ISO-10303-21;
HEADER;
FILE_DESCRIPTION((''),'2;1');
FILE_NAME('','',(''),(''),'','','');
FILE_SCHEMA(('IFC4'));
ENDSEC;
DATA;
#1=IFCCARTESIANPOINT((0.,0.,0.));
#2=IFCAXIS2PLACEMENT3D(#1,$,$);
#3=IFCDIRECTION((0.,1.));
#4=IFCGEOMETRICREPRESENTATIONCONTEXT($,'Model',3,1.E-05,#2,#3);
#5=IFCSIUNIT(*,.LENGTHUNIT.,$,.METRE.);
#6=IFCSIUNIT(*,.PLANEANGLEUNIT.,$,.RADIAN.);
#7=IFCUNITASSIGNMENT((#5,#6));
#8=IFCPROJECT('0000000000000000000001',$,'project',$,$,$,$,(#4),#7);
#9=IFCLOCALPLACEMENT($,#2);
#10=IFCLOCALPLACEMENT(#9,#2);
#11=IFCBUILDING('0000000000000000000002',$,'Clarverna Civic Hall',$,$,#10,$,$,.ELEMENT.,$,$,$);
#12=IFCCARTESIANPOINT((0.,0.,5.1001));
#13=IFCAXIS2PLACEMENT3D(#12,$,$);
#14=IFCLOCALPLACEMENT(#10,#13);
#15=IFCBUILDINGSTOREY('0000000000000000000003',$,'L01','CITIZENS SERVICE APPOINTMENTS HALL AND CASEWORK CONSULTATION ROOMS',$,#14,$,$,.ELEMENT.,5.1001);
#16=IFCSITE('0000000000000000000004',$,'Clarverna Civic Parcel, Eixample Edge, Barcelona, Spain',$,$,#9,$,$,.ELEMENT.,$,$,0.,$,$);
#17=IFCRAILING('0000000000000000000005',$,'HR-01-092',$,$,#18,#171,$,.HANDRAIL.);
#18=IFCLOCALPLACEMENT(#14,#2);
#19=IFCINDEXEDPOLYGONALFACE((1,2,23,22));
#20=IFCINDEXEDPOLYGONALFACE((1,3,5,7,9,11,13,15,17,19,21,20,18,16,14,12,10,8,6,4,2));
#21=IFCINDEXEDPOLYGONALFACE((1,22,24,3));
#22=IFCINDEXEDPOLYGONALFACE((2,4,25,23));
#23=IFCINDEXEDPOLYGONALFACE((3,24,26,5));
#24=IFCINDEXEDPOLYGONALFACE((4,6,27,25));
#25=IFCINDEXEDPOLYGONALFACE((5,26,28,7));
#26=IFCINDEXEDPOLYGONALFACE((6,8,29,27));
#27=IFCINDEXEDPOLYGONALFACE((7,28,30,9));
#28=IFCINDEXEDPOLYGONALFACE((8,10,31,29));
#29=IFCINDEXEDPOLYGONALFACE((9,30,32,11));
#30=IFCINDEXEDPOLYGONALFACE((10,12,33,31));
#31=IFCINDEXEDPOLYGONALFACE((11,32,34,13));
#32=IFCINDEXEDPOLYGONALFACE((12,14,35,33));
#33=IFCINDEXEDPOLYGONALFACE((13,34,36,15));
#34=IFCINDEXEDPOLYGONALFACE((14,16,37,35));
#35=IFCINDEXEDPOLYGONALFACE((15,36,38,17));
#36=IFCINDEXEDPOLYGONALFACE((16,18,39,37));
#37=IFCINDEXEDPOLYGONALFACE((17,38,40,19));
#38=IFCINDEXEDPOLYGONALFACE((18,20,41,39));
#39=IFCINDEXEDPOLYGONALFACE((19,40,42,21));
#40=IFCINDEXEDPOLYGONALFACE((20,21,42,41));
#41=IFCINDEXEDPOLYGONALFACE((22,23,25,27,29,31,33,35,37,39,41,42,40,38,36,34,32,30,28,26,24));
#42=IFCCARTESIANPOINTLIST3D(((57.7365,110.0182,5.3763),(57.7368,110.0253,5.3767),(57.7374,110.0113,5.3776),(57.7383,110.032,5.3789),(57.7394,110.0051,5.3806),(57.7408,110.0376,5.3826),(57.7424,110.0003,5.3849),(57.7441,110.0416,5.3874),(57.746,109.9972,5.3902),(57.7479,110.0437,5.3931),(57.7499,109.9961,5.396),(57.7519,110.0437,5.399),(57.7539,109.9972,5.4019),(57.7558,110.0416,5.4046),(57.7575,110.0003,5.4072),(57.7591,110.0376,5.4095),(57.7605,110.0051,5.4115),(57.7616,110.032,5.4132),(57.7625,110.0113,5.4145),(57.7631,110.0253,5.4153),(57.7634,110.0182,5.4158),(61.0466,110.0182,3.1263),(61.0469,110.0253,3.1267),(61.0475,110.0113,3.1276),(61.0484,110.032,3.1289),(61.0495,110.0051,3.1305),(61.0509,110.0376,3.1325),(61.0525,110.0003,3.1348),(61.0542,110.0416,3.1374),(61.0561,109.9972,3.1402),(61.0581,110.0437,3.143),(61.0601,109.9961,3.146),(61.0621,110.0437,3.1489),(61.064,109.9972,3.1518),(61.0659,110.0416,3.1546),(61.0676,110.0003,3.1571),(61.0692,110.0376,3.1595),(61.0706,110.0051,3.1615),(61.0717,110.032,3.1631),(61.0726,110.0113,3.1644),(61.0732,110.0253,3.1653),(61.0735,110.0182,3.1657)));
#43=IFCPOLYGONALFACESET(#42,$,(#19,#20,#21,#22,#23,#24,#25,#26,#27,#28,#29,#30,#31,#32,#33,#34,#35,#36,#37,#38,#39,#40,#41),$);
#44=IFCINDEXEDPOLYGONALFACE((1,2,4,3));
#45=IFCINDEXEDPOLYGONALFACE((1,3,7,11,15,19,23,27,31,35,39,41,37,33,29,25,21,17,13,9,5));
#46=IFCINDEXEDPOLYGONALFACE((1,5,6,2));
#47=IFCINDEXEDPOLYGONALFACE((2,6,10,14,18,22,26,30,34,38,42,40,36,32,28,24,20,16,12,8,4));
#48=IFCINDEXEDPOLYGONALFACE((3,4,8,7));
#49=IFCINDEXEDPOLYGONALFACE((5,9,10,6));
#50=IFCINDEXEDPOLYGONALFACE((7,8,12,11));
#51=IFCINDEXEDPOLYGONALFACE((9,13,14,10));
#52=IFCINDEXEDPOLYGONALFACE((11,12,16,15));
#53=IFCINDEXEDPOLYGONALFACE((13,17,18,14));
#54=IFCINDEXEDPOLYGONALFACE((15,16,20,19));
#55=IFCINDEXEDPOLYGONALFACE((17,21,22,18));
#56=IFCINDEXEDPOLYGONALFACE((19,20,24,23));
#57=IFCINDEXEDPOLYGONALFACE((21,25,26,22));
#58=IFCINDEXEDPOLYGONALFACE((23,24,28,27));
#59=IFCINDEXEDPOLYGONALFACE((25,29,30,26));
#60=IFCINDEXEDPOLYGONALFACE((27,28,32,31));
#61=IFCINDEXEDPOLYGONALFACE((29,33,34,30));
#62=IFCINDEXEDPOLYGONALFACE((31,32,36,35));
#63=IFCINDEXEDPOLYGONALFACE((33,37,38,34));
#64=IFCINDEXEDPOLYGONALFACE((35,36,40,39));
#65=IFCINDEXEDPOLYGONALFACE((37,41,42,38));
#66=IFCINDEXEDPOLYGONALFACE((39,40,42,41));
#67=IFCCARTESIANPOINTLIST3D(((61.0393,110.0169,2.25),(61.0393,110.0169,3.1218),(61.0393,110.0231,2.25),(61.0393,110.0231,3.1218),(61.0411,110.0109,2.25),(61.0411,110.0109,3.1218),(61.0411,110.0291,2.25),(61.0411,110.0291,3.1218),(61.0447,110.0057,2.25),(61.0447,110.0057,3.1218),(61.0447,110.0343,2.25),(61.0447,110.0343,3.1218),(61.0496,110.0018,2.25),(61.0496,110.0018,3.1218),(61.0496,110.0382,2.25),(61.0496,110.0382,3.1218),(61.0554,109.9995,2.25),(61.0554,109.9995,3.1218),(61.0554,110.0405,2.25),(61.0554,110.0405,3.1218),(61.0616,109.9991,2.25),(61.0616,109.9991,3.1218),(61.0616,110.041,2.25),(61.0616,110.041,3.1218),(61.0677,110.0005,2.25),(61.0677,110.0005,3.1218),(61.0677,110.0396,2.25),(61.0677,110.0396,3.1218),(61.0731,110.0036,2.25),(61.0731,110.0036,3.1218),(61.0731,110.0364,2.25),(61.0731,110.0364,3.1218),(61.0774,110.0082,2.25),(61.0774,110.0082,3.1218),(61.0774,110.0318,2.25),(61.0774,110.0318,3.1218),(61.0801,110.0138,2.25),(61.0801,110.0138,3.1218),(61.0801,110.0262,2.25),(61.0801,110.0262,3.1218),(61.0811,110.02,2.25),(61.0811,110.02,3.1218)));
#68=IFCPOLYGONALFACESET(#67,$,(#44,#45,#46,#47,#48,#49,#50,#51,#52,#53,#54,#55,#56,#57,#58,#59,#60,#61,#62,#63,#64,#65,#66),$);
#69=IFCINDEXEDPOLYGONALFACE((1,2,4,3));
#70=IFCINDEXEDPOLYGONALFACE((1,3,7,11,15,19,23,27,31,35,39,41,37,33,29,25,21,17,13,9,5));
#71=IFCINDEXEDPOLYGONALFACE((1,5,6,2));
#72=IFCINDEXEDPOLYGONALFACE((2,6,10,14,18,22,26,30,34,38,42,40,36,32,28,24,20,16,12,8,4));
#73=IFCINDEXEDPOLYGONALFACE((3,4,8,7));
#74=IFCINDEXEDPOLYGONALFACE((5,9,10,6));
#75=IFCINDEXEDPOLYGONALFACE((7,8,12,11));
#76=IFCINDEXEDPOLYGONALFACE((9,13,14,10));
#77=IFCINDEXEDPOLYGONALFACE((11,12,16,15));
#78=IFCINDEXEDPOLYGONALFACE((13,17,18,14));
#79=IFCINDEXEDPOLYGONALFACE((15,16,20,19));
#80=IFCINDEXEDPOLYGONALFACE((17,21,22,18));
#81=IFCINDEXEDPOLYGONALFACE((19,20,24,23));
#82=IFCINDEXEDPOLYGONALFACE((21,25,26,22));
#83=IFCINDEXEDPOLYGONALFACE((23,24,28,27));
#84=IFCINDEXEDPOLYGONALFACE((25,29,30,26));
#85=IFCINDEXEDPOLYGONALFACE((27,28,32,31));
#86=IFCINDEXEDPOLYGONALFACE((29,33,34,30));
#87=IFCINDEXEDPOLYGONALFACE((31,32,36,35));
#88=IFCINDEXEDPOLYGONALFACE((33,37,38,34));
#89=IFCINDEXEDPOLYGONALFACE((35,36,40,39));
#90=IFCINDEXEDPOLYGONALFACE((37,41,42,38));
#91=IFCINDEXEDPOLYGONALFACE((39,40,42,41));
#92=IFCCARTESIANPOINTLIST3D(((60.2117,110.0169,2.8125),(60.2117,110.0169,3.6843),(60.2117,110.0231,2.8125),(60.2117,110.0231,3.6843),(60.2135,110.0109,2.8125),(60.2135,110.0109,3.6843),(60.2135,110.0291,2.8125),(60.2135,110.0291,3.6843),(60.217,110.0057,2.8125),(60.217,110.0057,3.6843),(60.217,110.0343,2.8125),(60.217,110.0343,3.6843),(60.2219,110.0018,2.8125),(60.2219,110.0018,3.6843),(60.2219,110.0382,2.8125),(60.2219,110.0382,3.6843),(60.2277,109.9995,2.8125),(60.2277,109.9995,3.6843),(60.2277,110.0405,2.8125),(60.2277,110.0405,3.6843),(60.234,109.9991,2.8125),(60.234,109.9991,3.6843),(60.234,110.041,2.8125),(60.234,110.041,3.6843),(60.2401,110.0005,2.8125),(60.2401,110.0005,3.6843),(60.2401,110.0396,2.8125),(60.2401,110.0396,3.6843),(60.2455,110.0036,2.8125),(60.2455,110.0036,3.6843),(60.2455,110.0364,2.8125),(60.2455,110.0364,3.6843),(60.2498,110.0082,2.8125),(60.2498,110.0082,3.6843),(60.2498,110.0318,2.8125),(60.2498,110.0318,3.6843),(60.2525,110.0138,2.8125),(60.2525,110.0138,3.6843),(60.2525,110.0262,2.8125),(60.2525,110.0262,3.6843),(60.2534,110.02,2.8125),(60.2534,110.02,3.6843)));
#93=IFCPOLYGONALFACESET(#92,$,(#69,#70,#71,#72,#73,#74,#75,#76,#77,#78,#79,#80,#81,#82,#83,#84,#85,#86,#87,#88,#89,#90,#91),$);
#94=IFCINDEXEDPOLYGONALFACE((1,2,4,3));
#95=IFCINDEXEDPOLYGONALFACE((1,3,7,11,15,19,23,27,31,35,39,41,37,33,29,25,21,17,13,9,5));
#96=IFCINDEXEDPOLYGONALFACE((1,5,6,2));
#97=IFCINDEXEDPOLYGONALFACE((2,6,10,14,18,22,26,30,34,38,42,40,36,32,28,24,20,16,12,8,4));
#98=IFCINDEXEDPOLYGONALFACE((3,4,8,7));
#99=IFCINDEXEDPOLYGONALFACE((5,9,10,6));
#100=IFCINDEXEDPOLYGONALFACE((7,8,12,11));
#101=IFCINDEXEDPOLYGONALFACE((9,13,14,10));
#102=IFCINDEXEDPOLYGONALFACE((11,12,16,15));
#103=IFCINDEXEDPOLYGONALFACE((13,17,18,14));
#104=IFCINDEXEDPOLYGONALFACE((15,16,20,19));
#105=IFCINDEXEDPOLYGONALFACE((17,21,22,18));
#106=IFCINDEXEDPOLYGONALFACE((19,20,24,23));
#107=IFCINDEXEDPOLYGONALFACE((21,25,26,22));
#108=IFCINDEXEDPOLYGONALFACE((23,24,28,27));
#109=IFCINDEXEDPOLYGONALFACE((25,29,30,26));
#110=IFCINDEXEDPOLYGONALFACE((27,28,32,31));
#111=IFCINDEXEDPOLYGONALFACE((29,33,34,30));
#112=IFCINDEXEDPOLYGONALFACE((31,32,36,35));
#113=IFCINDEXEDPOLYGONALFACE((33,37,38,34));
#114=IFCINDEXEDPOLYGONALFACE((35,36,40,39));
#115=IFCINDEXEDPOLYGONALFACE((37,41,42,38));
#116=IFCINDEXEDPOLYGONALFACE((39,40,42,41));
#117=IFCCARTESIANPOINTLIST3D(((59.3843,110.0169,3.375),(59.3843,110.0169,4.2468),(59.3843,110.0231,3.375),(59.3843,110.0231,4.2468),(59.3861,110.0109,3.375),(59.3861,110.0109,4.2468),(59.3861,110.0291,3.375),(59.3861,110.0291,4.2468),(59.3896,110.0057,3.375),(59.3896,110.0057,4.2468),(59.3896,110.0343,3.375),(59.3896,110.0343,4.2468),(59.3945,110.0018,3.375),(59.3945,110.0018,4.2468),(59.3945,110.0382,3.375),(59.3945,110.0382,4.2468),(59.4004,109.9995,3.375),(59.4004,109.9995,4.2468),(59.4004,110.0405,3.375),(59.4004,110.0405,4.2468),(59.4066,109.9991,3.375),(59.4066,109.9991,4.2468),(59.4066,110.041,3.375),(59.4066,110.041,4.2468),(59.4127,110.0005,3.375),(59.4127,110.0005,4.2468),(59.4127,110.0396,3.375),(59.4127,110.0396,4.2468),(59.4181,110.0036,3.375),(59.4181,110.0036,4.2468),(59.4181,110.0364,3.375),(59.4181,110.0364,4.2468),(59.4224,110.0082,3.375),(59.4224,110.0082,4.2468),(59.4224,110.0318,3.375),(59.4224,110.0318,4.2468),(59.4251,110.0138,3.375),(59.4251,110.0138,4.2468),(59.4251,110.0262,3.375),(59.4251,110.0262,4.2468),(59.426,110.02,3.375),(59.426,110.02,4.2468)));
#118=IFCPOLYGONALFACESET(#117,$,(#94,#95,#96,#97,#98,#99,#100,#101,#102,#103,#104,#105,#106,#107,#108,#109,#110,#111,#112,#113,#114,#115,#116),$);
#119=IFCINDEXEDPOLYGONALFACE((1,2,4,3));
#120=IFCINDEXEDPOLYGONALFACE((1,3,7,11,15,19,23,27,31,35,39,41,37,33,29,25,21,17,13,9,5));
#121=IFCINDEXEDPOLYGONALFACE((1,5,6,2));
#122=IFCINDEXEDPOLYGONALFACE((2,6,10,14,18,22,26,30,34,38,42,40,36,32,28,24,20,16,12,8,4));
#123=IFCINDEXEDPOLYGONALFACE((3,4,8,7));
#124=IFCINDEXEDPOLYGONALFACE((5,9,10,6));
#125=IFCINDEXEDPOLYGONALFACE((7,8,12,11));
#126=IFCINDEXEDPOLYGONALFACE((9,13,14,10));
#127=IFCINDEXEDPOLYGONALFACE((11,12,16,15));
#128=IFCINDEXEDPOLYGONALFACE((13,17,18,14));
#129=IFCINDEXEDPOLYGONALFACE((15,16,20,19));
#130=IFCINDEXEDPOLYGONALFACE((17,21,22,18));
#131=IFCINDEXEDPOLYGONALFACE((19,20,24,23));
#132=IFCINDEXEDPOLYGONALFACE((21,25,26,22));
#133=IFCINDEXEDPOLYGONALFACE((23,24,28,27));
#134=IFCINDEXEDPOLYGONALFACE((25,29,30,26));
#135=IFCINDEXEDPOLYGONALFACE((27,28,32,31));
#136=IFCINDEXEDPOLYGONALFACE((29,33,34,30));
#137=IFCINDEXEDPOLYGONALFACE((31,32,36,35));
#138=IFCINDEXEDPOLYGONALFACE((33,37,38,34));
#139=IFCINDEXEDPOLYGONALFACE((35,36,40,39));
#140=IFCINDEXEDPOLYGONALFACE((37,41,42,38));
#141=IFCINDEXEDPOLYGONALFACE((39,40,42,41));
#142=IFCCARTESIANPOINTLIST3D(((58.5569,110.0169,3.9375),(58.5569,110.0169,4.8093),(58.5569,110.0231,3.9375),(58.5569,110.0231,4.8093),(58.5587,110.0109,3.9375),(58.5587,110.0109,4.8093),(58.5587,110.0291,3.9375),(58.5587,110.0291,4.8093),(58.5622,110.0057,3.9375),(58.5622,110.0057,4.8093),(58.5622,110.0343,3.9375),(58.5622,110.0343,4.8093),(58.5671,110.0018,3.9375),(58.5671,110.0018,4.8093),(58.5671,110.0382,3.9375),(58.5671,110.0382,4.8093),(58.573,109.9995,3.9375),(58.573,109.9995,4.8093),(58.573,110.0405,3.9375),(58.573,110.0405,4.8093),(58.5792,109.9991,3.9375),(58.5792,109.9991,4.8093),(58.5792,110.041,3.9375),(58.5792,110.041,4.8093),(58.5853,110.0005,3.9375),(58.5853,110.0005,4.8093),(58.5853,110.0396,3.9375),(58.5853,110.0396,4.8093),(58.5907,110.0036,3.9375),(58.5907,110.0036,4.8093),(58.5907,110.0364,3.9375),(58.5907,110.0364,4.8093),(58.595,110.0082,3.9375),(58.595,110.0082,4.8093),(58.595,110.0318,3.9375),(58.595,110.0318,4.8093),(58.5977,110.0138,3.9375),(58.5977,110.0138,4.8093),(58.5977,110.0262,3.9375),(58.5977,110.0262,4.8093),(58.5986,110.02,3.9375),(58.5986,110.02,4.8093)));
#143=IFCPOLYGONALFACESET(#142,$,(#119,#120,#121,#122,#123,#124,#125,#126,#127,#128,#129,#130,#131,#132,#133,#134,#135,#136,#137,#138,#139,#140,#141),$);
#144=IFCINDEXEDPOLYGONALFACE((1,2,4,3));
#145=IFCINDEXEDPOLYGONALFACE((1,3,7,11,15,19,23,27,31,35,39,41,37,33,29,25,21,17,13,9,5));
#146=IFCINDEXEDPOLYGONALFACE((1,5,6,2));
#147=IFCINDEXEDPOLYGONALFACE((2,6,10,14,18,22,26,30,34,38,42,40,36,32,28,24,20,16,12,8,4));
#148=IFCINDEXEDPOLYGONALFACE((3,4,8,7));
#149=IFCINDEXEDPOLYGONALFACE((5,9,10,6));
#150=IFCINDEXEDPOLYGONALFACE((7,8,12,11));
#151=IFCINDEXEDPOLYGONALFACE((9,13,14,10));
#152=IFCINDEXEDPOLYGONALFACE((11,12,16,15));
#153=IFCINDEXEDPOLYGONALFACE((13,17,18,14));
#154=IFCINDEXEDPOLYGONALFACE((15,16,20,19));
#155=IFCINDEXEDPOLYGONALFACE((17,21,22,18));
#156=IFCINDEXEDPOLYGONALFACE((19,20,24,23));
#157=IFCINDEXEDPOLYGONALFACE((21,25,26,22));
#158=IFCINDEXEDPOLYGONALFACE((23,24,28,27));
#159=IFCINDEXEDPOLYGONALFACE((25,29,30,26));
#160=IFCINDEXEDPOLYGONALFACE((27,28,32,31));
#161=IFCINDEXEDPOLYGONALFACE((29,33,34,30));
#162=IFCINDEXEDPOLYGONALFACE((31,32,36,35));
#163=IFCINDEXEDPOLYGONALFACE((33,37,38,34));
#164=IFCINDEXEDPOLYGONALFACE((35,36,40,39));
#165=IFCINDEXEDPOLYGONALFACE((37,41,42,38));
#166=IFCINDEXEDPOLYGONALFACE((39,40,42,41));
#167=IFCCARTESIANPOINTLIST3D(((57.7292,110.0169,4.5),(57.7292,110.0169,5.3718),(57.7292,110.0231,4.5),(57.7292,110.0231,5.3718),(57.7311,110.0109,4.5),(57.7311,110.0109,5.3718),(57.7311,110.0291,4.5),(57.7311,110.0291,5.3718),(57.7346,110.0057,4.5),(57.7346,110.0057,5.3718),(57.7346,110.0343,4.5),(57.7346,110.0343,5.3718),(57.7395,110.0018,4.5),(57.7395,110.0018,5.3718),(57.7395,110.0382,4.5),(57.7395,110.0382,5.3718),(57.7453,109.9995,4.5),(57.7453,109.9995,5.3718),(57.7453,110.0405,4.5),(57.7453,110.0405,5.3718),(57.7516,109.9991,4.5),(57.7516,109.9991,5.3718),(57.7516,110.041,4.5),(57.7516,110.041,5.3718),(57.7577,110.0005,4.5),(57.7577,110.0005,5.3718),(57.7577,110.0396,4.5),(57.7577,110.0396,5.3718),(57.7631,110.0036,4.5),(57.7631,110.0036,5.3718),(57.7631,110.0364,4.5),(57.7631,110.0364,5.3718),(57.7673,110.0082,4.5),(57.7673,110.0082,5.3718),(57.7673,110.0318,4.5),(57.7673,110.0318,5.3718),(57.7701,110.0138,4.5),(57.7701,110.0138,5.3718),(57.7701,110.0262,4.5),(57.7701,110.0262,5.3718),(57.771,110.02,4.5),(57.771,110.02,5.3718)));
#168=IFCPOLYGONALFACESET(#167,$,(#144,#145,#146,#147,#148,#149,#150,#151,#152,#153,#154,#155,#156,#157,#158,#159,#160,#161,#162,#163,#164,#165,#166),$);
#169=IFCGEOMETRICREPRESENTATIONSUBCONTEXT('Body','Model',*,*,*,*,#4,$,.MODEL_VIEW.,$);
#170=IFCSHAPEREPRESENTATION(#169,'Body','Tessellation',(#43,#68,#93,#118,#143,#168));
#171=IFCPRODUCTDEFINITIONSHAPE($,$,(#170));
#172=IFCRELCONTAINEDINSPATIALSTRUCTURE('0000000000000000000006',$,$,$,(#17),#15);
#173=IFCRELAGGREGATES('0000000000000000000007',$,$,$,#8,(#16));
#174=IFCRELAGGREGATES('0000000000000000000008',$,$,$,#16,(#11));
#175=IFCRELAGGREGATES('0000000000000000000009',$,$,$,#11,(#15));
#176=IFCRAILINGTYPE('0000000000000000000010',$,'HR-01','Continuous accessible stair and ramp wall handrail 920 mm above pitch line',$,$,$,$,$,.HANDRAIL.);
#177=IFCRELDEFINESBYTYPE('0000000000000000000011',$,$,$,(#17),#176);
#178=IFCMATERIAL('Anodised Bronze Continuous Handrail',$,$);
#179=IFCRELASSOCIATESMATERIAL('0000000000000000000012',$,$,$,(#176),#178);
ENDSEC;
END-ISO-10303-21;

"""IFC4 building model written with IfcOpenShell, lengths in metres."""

from ifc_helpers import new_model, si_unit, direction, frame, origin, origin_2d, place, context, subcontext, project, spatial, circle, extrude, material, type_object, element, save


model = new_model("IFC4")

# Units and contexts
model_context = context("Model", 3, precision=1e-05, world=origin(), true_north=direction((0.0, 1.0)))
body_context = subcontext(model_context, "Body", "Model", "MODEL_VIEW")
ifc_project = project(units=[si_unit("LENGTHUNIT", "METRE"), si_unit("PLANEANGLEUNIT", "RADIAN")], contexts=[model_context])

# Site, building, storey
site_placement = place(None, origin())
site = spatial("IfcSite", under=ifc_project, at=site_placement, Name="Clarverna Civic Parcel, Eixample Edge, Barcelona, Spain", CompositionType="ELEMENT", RefElevation=0.0)
building_placement = place(site_placement, origin())
building = spatial("IfcBuilding", under=site, at=building_placement, Name="Clarverna Civic Hall", CompositionType="ELEMENT")
storey_placement = place(building_placement, frame((0.0, 0.0, 5.1001)))
storey = spatial("IfcBuildingStorey", under=building, at=storey_placement, Name="L01", Description="CITIZENS SERVICE APPOINTMENTS HALL AND CASEWORK CONSULTATION ROOMS", CompositionType="ELEMENT", Elevation=5.1001)

# Railing
ifc_material_1 = material(Name="Anodised Bronze Continuous Handrail")
railing_type_1 = type_object("IfcRailingType", Name="HR-01", Description="Continuous accessible stair and ramp wall handrail 920 mm above pitch line", PredefinedType="HANDRAIL", material=ifc_material_1)
railing_1_placement = place(storey_placement, frame((61.0601, 110.02, 2.25)))
element("IfcRailing", 1, at=railing_1_placement, inside=storey, type_object=railing_type_1, Name="HR-01-092", PredefinedType="HANDRAIL", context=body_context, shape_type="SweptSolid", body=[
    extrude(circle(Radius=0.0239, at=origin_2d()), frame((0.0, 0.0, 0.896), z_axis=(-0.827024, 0.0, 0.562167), x_axis=(0.0, -1.0, 0.0)), (0.0, 0.0, 1.0), 4.0024),
    extrude(circle(Radius=0.021, at=origin_2d()), origin(), (0.0, 0.0, 1.0), 0.8718),
    extrude(circle(Radius=0.021, at=origin_2d()), frame((-0.8276, 0.0, 0.5625)), (0.0, 0.0, 1.0), 0.8718),
    extrude(circle(Radius=0.021, at=origin_2d()), frame((-1.655, 0.0, 1.125)), (0.0, 0.0, 1.0), 0.8718),
    extrude(circle(Radius=0.021, at=origin_2d()), frame((-2.4824, 0.0, 1.6875)), (0.0, 0.0, 1.0), 0.8718),
    extrude(circle(Radius=0.021, at=origin_2d()), frame((-3.3101, 0.0, 2.25)), (0.0, 0.0, 1.0), 0.8718),
])

save(model, "model.ifc")
